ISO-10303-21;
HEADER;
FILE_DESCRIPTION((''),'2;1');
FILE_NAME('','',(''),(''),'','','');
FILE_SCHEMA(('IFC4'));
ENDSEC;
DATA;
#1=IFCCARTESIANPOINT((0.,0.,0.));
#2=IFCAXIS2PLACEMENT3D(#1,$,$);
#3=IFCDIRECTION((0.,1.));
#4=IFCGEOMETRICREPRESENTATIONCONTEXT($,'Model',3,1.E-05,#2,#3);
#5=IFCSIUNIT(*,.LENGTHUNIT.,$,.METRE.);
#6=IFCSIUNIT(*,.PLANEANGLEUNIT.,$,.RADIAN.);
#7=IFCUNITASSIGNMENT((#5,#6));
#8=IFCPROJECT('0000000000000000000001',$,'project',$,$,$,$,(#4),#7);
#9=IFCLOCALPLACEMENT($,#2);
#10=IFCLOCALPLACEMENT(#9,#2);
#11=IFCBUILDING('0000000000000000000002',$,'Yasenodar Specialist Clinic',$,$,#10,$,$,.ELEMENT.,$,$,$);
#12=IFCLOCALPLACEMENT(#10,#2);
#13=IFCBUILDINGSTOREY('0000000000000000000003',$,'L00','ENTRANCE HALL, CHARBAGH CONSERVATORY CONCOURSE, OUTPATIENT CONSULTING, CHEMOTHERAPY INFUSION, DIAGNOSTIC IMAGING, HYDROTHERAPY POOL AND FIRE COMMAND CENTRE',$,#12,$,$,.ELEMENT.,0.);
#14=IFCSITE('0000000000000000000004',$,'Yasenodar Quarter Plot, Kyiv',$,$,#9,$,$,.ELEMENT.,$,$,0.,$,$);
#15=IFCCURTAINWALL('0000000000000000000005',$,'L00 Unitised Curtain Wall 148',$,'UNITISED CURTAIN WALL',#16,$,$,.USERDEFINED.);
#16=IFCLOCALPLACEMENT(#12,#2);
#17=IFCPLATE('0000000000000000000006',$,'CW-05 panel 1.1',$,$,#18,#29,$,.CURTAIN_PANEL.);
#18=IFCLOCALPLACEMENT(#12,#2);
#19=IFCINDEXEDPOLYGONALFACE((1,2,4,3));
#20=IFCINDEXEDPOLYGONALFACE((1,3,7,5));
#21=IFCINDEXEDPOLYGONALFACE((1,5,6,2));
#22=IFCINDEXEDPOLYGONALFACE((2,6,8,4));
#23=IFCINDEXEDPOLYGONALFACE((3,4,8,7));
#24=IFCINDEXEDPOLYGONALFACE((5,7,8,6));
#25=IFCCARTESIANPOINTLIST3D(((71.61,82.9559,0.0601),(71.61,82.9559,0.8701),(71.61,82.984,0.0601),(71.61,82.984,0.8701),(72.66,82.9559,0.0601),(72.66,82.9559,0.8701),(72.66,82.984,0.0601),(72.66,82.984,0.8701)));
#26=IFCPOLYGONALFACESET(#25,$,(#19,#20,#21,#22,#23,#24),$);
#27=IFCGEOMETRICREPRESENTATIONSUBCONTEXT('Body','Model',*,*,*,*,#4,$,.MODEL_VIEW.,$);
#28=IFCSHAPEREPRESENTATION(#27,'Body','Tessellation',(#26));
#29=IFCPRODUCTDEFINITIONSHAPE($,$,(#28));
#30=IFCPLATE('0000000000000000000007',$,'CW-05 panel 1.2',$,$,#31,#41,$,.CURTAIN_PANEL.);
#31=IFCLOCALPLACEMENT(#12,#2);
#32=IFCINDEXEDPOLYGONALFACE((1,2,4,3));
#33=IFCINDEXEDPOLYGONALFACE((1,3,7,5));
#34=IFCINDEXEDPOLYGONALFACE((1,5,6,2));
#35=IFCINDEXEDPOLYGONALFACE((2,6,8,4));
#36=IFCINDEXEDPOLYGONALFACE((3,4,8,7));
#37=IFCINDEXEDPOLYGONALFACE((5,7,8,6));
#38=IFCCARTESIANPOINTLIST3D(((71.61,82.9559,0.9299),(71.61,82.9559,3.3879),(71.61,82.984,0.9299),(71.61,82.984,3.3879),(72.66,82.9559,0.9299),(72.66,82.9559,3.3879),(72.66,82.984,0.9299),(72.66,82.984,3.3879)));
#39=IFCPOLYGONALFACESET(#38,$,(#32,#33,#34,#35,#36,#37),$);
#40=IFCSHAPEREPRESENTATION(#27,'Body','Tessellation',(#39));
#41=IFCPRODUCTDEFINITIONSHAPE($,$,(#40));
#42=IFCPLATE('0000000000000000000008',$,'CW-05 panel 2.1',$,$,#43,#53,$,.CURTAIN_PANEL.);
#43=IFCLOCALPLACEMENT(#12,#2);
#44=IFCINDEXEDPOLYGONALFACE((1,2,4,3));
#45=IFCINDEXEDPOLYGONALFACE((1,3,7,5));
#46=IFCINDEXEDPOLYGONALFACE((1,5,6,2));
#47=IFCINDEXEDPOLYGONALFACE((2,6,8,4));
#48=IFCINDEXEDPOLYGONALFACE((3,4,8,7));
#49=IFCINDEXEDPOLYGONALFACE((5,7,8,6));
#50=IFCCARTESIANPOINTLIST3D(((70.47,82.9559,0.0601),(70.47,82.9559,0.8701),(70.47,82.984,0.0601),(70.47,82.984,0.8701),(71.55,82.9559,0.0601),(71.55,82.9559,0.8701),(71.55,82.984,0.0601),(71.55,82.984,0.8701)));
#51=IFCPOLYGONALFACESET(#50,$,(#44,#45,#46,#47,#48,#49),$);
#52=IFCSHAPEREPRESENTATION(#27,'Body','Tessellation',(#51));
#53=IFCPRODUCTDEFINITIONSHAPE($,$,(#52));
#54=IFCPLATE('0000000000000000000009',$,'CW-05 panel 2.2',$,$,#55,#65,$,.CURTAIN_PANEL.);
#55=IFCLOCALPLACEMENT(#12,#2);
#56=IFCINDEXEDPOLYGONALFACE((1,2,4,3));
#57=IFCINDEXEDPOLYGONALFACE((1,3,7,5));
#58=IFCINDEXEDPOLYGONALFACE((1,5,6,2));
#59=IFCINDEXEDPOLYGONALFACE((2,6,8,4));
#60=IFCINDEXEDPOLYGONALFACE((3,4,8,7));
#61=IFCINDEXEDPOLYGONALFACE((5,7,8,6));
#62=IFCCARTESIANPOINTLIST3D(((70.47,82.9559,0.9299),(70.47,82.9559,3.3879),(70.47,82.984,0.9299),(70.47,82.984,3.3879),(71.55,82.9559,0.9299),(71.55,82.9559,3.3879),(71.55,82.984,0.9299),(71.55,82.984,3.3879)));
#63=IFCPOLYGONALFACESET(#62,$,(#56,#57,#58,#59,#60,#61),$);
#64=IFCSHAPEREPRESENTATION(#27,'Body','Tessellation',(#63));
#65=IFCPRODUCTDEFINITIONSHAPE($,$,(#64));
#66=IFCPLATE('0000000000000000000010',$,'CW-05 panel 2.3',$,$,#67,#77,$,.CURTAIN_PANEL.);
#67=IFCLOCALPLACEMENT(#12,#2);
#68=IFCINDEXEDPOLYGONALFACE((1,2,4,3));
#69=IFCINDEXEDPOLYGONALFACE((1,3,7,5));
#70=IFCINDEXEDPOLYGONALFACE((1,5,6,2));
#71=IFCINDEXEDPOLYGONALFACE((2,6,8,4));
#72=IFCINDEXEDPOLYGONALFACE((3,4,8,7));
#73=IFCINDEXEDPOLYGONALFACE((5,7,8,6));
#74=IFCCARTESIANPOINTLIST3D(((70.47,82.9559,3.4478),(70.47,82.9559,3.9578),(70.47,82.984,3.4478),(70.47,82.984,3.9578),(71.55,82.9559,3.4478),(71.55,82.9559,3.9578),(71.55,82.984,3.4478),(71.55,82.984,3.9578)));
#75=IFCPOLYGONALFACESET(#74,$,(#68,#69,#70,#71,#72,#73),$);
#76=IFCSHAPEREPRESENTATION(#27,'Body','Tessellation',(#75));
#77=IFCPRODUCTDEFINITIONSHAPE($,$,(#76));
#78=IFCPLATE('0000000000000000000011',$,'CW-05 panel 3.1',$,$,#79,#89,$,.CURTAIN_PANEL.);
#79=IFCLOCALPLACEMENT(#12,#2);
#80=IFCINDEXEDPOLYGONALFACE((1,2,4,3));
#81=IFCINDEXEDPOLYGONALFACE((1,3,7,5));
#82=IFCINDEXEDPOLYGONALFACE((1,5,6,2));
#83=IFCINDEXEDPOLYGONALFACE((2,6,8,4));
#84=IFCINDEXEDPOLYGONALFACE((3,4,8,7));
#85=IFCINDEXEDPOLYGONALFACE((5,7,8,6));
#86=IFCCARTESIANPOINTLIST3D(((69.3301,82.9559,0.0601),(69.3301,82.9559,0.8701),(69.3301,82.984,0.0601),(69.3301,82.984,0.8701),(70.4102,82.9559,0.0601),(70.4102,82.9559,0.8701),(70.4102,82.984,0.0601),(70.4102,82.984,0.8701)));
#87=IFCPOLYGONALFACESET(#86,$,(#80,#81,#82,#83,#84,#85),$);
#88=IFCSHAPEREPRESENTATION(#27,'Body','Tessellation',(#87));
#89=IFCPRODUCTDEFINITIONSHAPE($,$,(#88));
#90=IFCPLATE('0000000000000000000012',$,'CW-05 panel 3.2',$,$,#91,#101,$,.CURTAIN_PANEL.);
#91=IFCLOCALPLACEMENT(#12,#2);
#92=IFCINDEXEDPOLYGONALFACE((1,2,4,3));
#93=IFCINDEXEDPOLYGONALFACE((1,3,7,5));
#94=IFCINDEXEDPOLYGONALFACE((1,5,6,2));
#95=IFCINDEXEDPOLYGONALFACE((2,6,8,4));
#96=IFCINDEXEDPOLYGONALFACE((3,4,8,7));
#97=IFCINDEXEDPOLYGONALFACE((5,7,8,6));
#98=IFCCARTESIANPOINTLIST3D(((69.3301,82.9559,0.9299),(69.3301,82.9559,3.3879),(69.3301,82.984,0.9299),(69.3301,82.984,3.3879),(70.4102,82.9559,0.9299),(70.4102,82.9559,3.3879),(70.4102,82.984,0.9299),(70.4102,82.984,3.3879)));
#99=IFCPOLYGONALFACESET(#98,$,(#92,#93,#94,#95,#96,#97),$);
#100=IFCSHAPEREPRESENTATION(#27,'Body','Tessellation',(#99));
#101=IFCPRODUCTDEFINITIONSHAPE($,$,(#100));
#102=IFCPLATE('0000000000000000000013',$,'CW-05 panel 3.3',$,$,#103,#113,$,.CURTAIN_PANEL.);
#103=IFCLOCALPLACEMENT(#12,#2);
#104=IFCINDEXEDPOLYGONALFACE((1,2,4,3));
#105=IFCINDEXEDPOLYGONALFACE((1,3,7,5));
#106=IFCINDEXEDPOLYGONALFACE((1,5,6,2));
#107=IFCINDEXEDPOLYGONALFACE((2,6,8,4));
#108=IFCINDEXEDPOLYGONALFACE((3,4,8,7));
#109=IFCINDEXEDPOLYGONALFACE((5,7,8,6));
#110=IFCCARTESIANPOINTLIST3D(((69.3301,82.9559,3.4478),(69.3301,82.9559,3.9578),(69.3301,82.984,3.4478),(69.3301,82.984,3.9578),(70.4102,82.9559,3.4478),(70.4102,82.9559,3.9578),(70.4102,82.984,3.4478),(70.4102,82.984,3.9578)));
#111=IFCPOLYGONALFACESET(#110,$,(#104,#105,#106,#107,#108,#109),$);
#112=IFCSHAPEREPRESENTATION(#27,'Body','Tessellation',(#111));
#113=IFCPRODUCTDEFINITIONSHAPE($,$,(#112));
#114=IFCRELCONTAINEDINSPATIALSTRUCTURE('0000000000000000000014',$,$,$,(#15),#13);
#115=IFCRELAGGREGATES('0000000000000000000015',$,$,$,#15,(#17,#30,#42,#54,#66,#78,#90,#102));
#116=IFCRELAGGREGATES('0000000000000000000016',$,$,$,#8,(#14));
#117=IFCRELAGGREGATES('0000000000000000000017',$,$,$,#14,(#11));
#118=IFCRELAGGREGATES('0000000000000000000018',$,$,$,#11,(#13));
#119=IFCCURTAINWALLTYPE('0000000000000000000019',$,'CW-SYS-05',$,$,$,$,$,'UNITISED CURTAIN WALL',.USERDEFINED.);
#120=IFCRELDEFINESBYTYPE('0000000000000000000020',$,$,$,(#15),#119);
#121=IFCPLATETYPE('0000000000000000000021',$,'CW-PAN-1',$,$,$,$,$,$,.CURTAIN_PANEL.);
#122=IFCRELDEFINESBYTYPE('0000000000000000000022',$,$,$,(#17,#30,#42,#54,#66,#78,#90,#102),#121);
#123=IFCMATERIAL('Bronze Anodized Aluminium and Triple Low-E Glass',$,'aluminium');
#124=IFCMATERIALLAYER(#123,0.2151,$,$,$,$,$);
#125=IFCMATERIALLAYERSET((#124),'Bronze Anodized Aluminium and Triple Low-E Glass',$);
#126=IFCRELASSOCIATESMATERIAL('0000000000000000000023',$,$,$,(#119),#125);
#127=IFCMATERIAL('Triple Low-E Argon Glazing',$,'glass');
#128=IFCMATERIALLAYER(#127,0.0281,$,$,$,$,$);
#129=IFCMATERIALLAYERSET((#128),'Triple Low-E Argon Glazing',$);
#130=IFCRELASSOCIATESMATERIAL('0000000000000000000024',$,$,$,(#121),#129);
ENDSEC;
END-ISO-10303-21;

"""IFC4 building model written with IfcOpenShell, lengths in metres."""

from ifc_helpers import new_model, si_unit, direction, frame, origin, origin_2d, place, context, subcontext, project, spatial, rectangle, extrude, material, layer, layer_set, type_object, element, aggregate, save


model = new_model("IFC4")

# Units and contexts
model_context = context("Model", 3, precision=1e-05, world=origin(), true_north=direction((0.0, 1.0)))
body_context = subcontext(model_context, "Body", "Model", "MODEL_VIEW")
ifc_project = project(units=[si_unit("LENGTHUNIT", "METRE"), si_unit("PLANEANGLEUNIT", "RADIAN")], contexts=[model_context])

# Site, building, storey
site_placement = place(None, origin())
site = spatial("IfcSite", under=ifc_project, at=site_placement, Name="Yasenodar Quarter Plot, Kyiv", CompositionType="ELEMENT", RefElevation=0.0)
building_placement = place(site_placement, origin())
building = spatial("IfcBuilding", under=site, at=building_placement, Name="Yasenodar Specialist Clinic", CompositionType="ELEMENT")
storey_placement = place(building_placement, origin())
storey = spatial("IfcBuildingStorey", under=building, at=storey_placement, Name="L00", Description="ENTRANCE HALL, CHARBAGH CONSERVATORY CONCOURSE, OUTPATIENT CONSULTING, CHEMOTHERAPY INFUSION, DIAGNOSTIC IMAGING, HYDROTHERAPY POOL AND FIRE COMMAND CENTRE", CompositionType="ELEMENT", Elevation=0.0)

# Curtain wall, plates
ifc_material_1 = material(Name="Bronze Anodized Aluminium and Triple Low-E Glass", Category="aluminium")
ifc_layer_1 = layer(ifc_material_1, 0.2151)
ifc_layer_set_1 = layer_set([ifc_layer_1], Name="Bronze Anodized Aluminium and Triple Low-E Glass")
curtain_wall_type = type_object("IfcCurtainWallType", Name="CW-SYS-05", ElementType="UNITISED CURTAIN WALL", PredefinedType="USERDEFINED", material=ifc_layer_set_1)
curtain_wall_placement = place(storey_placement, origin())
curtain_wall = element("IfcCurtainWall", 1, at=curtain_wall_placement, inside=storey, type_object=curtain_wall_type, Name="L00 Unitised Curtain Wall 148", ObjectType="UNITISED CURTAIN WALL", PredefinedType="USERDEFINED")
ifc_material_2 = material(Name="Triple Low-E Argon Glazing", Category="glass")
ifc_layer_2 = layer(ifc_material_2, 0.0281)
ifc_layer_set_2 = layer_set([ifc_layer_2], Name="Triple Low-E Argon Glazing")
plate_type = type_object("IfcPlateType", Name="CW-PAN-1", PredefinedType="CURTAIN_PANEL", material=ifc_layer_set_2)
plate_1_placement = place(storey_placement, frame((72.135, 82.97, 0.0601), z_axis=(0.0, 0.0, 1.0), x_axis=(-1.0, 0.0, 0.0)))
plate_1 = element("IfcPlate", 2, at=plate_1_placement, type_object=plate_type, Name="CW-05 panel 1.1", PredefinedType="CURTAIN_PANEL", context=body_context, shape_type="SweptSolid", body=[
    extrude(rectangle(XDim=1.05, YDim=0.0281, at=origin_2d()), origin(), (0.0, 0.0, 1.0), 0.8101),
])
plate_2_placement = place(storey_placement, frame((72.135, 82.97, 0.9299), z_axis=(0.0, 0.0, 1.0), x_axis=(-1.0, 0.0, 0.0)))
plate_2 = element("IfcPlate", 3, at=plate_2_placement, type_object=plate_type, Name="CW-05 panel 1.2", PredefinedType="CURTAIN_PANEL", context=body_context, shape_type="SweptSolid", body=[
    extrude(rectangle(XDim=1.05, YDim=0.0281, at=origin_2d()), origin(), (0.0, 0.0, 1.0), 2.458),
])
plate_3_placement = place(storey_placement, frame((71.01, 82.97, 0.0601), z_axis=(0.0, 0.0, 1.0), x_axis=(-1.0, 0.0, 0.0)))
plate_3 = element("IfcPlate", 4, at=plate_3_placement, type_object=plate_type, Name="CW-05 panel 2.1", PredefinedType="CURTAIN_PANEL", context=body_context, shape_type="SweptSolid", body=[
    extrude(rectangle(XDim=1.0801, YDim=0.0281, at=origin_2d()), origin(), (0.0, 0.0, 1.0), 0.8101),
])
plate_4_placement = place(storey_placement, frame((71.01, 82.97, 0.9299), z_axis=(0.0, 0.0, 1.0), x_axis=(-1.0, 0.0, 0.0)))
plate_4 = element("IfcPlate", 5, at=plate_4_placement, type_object=plate_type, Name="CW-05 panel 2.2", PredefinedType="CURTAIN_PANEL", context=body_context, shape_type="SweptSolid", body=[
    extrude(rectangle(XDim=1.0801, YDim=0.0281, at=origin_2d()), origin(), (0.0, 0.0, 1.0), 2.458),
])
plate_5_placement = place(storey_placement, frame((71.01, 82.97, 3.4478), z_axis=(0.0, 0.0, 1.0), x_axis=(-1.0, 0.0, 0.0)))
plate_5 = element("IfcPlate", 6, at=plate_5_placement, type_object=plate_type, Name="CW-05 panel 2.3", PredefinedType="CURTAIN_PANEL", context=body_context, shape_type="SweptSolid", body=[
    extrude(rectangle(XDim=1.0801, YDim=0.0281, at=origin_2d()), origin(), (0.0, 0.0, 1.0), 0.51),
])
plate_6_placement = place(storey_placement, frame((69.8701, 82.97, 0.0601), z_axis=(0.0, 0.0, 1.0), x_axis=(-1.0, 0.0, 0.0)))
plate_6 = element("IfcPlate", 7, at=plate_6_placement, type_object=plate_type, Name="CW-05 panel 3.1", PredefinedType="CURTAIN_PANEL", context=body_context, shape_type="SweptSolid", body=[
    extrude(rectangle(XDim=1.0801, YDim=0.0281, at=origin_2d()), origin(), (0.0, 0.0, 1.0), 0.8101),
])
plate_7_placement = place(storey_placement, frame((69.8701, 82.97, 0.9299), z_axis=(0.0, 0.0, 1.0), x_axis=(-1.0, 0.0, 0.0)))
plate_7 = element("IfcPlate", 8, at=plate_7_placement, type_object=plate_type, Name="CW-05 panel 3.2", PredefinedType="CURTAIN_PANEL", context=body_context, shape_type="SweptSolid", body=[
    extrude(rectangle(XDim=1.0801, YDim=0.0281, at=origin_2d()), origin(), (0.0, 0.0, 1.0), 2.458),
])
plate_8_placement = place(storey_placement, frame((69.8701, 82.97, 3.4478), z_axis=(0.0, 0.0, 1.0), x_axis=(-1.0, 0.0, 0.0)))
plate_8 = element("IfcPlate", 9, at=plate_8_placement, type_object=plate_type, Name="CW-05 panel 3.3", PredefinedType="CURTAIN_PANEL", context=body_context, shape_type="SweptSolid", body=[
    extrude(rectangle(XDim=1.0801, YDim=0.0281, at=origin_2d()), origin(), (0.0, 0.0, 1.0), 0.51),
])
aggregate(curtain_wall, [plate_1, plate_2, plate_3, plate_4, plate_5, plate_6, plate_7, plate_8])

save(model, "model.ifc")
